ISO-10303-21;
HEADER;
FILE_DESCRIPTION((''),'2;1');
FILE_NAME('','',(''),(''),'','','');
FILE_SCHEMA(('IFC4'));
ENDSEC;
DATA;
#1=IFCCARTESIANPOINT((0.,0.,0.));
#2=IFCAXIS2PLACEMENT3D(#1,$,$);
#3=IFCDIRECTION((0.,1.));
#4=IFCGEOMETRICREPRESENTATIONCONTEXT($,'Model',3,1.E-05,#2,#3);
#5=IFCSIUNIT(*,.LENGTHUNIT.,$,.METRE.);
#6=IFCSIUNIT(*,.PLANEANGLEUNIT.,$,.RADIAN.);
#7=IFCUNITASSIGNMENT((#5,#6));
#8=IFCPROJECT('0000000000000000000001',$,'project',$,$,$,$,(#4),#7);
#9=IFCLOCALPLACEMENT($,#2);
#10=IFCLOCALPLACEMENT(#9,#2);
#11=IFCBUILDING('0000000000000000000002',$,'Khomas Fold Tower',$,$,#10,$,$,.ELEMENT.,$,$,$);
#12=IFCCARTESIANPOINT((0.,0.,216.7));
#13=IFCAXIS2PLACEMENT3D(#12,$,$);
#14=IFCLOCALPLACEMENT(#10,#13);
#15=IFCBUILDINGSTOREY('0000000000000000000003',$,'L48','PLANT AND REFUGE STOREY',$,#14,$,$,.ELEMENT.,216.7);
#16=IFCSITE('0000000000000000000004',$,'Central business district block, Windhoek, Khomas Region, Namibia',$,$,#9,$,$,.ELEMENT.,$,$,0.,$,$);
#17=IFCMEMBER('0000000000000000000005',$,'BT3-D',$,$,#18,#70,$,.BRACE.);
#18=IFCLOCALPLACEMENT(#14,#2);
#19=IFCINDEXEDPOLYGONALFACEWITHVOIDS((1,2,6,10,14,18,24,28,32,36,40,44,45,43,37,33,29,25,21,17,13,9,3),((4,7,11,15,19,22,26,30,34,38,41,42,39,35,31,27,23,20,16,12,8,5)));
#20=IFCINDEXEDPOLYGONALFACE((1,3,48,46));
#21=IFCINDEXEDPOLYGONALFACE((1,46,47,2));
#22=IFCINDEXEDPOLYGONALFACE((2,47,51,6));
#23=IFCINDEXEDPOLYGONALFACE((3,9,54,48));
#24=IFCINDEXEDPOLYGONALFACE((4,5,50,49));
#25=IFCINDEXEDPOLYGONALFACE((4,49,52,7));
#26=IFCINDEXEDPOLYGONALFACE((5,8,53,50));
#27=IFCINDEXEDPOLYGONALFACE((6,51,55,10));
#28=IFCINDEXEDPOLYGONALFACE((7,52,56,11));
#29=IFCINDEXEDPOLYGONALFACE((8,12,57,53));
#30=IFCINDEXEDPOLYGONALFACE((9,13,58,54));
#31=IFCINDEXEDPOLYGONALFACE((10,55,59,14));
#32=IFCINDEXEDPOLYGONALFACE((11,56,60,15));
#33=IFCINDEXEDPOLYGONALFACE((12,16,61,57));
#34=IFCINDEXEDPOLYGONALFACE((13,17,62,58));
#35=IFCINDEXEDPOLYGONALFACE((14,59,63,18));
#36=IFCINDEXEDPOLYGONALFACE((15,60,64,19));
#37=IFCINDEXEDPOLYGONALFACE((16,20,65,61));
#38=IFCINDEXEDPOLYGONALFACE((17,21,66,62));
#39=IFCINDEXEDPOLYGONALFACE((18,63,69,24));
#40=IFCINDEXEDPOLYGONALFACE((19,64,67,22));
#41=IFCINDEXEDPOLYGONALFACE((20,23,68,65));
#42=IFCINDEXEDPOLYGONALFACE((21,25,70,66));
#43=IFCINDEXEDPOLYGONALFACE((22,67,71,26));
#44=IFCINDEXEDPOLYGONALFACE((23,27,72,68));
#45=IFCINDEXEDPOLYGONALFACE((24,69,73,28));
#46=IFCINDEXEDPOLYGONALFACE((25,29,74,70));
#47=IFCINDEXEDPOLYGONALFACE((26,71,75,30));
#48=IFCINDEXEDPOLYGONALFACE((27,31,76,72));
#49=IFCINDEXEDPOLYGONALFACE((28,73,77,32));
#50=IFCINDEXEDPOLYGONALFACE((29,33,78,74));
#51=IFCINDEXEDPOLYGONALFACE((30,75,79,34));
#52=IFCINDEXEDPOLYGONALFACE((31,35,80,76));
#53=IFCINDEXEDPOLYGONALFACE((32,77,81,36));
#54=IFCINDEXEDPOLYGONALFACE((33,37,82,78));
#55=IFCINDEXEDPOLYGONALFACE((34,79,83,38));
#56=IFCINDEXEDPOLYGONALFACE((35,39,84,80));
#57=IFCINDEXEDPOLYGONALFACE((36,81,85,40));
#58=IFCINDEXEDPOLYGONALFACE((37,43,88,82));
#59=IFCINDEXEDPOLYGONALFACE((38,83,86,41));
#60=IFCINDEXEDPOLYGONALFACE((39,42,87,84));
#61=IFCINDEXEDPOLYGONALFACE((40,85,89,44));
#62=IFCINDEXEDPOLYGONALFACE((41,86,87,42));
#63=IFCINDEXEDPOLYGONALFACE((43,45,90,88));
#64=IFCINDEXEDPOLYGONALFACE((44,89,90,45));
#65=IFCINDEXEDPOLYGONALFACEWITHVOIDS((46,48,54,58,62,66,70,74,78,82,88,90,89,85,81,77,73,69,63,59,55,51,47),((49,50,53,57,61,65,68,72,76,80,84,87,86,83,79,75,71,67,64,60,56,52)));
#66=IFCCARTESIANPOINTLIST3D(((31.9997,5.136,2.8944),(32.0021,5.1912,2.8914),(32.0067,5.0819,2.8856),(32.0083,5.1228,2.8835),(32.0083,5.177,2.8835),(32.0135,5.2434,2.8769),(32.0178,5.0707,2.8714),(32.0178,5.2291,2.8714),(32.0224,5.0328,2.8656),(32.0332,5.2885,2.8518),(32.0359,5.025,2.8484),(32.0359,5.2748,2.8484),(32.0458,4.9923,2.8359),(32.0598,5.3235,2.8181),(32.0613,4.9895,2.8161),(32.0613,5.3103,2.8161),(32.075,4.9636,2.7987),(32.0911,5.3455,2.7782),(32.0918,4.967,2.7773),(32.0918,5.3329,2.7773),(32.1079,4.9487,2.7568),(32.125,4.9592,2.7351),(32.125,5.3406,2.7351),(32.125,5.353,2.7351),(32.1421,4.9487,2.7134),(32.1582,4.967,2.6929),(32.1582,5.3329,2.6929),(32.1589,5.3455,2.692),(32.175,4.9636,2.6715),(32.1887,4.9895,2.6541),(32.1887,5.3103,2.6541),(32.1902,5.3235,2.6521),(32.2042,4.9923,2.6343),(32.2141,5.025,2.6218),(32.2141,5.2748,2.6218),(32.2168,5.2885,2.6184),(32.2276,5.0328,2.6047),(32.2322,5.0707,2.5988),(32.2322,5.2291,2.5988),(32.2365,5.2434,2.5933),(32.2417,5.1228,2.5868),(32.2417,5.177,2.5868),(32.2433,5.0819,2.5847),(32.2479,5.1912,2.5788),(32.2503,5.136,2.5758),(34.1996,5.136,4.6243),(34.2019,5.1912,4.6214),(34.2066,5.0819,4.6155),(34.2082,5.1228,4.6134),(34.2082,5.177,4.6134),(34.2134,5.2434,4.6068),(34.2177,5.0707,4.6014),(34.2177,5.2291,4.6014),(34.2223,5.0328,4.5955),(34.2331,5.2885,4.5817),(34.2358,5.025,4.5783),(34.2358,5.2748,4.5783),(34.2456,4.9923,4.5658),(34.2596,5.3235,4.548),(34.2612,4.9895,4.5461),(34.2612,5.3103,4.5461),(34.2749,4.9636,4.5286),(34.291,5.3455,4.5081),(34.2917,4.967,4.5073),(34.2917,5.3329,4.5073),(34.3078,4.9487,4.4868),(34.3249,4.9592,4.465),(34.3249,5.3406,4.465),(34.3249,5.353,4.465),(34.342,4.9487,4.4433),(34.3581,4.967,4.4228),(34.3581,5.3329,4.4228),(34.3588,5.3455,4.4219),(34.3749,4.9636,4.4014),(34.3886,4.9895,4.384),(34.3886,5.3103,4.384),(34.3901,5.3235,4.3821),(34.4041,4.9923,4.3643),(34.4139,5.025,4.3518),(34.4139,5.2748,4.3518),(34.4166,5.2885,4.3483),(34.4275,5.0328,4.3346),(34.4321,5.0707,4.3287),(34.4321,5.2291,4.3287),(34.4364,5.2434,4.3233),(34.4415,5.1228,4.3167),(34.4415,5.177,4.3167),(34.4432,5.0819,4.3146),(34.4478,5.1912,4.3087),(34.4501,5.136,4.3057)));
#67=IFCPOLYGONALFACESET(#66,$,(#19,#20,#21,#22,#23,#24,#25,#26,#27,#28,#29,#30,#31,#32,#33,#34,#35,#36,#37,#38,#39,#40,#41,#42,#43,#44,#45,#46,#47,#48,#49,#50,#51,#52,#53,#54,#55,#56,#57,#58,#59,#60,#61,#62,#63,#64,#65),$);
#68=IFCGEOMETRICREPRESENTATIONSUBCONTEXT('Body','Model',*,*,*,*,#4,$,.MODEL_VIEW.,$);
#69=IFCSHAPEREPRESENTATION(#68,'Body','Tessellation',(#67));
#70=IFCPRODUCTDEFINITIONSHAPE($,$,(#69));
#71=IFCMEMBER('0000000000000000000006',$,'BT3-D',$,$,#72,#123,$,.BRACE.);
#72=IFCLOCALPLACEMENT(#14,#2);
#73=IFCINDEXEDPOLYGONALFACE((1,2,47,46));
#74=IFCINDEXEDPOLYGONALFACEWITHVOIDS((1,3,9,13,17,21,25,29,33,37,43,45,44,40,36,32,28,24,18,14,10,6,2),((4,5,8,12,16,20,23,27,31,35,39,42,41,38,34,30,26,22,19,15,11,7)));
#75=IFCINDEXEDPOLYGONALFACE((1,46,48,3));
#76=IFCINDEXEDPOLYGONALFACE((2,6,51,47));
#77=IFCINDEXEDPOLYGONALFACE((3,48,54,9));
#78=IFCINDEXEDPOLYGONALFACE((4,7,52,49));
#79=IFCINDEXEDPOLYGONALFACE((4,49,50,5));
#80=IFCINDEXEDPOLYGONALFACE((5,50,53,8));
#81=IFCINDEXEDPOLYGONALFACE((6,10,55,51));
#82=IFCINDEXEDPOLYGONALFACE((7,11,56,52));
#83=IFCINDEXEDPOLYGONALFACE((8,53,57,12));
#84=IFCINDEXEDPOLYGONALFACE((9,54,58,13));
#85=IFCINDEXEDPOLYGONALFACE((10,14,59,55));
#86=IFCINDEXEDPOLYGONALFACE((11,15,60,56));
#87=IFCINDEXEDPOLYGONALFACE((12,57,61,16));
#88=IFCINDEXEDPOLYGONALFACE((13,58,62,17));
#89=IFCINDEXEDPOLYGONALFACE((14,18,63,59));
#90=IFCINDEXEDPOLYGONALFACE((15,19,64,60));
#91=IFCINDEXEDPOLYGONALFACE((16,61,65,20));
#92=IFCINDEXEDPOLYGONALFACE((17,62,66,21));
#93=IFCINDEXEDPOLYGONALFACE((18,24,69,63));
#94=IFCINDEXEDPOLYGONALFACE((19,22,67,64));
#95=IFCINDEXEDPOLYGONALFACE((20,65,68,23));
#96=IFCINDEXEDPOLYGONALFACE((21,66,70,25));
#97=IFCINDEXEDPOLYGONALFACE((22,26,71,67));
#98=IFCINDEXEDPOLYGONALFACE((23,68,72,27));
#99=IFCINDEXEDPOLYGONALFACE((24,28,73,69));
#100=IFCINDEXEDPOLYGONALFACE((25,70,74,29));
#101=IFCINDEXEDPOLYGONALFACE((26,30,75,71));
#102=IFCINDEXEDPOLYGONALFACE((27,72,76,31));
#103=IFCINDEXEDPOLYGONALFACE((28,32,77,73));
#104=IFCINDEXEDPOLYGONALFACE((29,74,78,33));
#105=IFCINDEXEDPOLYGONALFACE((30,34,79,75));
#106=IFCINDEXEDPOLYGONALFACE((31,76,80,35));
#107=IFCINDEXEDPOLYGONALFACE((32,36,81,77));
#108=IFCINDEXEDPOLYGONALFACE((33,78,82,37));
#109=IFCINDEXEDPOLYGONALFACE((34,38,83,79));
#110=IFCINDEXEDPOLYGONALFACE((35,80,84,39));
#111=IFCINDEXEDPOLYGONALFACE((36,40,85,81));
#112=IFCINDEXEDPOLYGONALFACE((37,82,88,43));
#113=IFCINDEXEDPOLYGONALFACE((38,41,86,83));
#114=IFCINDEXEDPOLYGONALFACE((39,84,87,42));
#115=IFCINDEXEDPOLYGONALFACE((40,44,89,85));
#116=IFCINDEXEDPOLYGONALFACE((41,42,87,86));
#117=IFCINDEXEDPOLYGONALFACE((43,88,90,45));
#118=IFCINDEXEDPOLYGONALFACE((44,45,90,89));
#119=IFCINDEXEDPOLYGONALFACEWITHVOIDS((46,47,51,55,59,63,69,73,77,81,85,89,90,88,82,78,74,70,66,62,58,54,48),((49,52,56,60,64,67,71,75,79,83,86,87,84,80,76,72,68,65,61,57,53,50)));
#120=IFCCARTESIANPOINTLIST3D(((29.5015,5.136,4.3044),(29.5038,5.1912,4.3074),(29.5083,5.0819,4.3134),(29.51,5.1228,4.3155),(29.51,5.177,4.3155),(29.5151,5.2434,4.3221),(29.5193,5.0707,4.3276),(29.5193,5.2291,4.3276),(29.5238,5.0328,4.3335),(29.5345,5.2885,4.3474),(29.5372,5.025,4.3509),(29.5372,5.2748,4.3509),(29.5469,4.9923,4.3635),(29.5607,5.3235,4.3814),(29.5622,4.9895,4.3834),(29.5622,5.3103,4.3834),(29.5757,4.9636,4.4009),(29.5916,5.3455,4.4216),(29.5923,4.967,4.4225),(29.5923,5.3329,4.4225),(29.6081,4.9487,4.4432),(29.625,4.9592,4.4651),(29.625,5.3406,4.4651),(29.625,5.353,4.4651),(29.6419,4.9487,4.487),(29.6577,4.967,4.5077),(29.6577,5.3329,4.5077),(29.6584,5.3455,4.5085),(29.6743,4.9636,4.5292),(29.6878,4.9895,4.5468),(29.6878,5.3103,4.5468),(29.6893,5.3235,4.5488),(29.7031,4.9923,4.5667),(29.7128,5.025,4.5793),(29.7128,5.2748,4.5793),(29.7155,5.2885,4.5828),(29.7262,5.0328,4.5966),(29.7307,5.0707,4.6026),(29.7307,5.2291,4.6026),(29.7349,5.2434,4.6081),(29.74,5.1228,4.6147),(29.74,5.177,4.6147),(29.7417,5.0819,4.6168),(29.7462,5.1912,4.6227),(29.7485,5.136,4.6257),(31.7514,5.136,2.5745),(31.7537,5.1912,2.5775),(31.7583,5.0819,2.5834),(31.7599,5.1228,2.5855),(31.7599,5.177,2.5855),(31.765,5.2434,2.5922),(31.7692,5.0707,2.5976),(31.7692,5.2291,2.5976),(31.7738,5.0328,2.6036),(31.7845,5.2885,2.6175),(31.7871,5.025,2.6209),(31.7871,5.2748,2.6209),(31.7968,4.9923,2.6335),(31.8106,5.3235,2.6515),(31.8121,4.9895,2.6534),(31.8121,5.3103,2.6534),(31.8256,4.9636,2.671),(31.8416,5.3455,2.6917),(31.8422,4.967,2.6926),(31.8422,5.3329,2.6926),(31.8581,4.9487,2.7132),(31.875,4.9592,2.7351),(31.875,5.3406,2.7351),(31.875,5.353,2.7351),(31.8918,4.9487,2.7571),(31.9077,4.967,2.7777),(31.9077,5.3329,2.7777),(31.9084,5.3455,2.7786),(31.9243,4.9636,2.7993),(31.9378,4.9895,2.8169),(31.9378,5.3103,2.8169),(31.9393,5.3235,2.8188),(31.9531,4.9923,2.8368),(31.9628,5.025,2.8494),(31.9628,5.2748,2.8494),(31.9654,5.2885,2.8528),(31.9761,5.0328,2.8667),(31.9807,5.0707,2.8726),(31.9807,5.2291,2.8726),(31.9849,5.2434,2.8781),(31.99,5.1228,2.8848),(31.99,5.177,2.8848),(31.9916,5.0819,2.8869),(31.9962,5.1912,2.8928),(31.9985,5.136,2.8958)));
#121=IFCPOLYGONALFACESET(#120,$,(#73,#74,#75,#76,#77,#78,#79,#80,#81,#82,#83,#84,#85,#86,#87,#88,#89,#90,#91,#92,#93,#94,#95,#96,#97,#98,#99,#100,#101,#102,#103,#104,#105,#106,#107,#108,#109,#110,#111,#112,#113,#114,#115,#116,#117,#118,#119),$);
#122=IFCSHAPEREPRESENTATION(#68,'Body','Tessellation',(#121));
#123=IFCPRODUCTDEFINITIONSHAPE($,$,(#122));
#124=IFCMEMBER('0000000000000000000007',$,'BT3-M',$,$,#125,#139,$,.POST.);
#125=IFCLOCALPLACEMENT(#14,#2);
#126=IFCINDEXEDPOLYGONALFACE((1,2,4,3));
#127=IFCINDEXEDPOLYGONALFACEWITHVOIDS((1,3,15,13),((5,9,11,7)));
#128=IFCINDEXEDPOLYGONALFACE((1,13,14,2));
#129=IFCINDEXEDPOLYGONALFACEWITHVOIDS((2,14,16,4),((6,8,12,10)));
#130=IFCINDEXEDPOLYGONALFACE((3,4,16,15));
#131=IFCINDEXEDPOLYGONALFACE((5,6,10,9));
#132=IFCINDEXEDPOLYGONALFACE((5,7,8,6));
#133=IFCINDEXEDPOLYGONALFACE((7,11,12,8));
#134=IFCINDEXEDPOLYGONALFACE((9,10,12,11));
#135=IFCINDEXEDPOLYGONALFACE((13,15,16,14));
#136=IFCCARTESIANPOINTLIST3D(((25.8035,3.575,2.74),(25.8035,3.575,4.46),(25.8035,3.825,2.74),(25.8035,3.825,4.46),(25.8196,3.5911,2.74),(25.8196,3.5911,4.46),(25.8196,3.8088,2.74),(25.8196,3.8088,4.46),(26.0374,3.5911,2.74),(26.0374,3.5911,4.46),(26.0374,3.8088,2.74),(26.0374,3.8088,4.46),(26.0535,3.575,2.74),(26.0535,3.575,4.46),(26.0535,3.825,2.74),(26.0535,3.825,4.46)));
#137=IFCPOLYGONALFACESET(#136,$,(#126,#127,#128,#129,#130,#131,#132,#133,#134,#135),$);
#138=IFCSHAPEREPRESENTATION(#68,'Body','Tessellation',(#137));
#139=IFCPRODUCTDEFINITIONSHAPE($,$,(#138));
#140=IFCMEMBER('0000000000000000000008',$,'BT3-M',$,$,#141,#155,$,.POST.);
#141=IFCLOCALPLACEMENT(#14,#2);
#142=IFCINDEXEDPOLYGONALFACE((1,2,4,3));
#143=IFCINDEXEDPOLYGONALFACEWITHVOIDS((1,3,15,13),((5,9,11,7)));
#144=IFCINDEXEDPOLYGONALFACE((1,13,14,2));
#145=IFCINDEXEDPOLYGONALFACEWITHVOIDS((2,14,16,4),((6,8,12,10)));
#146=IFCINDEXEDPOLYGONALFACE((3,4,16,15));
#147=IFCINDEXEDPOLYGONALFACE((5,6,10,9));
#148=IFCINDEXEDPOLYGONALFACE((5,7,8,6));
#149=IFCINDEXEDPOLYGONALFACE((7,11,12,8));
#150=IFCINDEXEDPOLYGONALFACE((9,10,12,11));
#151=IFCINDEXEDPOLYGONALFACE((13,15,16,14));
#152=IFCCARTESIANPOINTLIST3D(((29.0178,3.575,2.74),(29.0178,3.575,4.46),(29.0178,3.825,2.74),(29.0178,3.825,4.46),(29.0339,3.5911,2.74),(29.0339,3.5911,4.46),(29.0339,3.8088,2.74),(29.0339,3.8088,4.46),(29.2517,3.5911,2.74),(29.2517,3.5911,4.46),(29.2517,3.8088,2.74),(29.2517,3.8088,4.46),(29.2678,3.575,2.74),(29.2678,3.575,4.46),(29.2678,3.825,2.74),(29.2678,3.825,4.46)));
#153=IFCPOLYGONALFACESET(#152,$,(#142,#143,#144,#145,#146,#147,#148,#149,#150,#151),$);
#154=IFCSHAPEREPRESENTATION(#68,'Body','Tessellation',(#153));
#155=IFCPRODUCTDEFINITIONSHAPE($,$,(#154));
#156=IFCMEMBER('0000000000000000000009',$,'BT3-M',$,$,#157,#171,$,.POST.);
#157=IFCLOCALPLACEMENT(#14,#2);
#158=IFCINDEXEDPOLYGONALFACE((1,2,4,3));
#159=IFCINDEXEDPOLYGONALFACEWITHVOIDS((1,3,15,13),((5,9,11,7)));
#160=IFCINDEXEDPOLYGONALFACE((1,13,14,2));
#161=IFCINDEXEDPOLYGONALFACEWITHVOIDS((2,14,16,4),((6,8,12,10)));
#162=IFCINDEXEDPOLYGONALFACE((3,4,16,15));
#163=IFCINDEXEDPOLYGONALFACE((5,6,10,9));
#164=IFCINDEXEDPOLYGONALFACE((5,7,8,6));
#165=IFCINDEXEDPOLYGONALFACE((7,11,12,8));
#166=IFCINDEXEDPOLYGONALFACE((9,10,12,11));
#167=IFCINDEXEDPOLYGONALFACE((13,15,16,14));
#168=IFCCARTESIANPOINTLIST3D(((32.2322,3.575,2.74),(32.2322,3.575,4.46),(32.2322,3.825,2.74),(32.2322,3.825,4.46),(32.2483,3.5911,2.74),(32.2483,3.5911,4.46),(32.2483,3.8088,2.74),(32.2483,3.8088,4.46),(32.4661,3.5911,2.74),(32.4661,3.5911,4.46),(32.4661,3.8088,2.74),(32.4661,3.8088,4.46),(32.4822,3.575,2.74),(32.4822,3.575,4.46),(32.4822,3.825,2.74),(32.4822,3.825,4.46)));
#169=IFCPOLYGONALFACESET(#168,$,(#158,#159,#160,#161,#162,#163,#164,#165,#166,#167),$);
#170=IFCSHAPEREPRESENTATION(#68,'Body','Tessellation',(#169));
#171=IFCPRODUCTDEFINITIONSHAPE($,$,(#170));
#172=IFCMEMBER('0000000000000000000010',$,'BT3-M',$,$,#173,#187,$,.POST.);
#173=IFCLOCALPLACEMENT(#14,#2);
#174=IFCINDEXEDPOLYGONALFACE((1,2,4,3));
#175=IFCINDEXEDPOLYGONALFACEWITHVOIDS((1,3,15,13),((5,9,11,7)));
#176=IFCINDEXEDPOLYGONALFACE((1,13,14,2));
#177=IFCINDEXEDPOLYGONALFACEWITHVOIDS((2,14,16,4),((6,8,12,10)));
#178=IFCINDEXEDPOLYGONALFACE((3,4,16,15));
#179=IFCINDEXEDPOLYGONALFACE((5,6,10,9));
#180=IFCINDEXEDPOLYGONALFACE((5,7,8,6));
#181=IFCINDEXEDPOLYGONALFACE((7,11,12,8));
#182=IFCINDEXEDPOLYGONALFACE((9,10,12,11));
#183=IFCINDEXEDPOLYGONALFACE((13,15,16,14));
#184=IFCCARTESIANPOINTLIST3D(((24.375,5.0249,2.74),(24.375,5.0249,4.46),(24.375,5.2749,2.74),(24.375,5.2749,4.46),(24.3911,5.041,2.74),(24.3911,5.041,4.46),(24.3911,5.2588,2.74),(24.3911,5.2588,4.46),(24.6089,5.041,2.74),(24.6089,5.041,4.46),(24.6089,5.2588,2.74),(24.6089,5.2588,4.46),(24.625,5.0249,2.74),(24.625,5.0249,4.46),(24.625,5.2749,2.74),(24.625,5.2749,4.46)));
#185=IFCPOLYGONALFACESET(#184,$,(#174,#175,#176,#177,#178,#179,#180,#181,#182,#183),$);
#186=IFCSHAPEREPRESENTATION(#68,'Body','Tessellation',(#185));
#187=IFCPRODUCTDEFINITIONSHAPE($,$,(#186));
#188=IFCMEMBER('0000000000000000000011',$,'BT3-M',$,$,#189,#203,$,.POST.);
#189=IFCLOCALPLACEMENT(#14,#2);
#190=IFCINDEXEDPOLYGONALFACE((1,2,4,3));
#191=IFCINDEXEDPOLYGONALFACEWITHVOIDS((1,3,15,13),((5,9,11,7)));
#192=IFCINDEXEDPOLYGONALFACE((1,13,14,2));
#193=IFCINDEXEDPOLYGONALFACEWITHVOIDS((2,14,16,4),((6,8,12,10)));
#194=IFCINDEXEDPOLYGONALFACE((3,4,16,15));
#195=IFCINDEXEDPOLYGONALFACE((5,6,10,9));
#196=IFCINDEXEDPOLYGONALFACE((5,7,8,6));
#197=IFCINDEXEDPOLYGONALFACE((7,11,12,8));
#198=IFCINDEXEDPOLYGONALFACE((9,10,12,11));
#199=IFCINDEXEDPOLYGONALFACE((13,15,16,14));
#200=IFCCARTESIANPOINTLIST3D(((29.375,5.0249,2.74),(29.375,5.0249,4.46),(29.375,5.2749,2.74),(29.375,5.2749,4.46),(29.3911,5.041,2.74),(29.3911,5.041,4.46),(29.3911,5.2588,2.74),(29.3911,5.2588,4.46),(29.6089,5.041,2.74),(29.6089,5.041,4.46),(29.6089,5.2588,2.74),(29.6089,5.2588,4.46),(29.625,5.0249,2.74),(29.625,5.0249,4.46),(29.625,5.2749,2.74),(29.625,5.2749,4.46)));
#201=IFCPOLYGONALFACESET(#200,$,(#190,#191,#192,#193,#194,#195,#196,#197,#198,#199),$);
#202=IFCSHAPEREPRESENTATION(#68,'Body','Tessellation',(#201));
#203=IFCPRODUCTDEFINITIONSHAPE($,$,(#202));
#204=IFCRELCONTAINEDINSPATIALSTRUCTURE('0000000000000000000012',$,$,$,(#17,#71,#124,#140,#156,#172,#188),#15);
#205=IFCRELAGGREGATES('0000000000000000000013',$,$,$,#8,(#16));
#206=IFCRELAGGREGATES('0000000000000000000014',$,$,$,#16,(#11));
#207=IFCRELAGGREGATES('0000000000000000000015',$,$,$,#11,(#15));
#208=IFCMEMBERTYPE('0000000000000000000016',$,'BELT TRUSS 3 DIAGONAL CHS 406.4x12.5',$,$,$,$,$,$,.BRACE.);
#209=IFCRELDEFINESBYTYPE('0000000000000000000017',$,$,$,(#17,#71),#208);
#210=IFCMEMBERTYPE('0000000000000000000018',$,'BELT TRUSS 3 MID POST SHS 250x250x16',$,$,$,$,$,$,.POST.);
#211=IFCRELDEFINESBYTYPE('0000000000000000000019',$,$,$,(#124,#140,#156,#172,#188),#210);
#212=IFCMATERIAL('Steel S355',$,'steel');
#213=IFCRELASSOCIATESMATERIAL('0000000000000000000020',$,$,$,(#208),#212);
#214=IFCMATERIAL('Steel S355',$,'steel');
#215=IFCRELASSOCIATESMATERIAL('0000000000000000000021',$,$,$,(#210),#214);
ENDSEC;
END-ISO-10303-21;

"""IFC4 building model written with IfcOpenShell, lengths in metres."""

from ifc_helpers import new_model, si_unit, direction, frame, origin, origin_2d, place, context, subcontext, project, spatial, hollow_rectangle, hollow_circle, extrude, source, transform, mapped, material, material_profile, profile_set, type_object, element, save


model = new_model("IFC4")

# Units and contexts
model_context = context("Model", 3, precision=1e-05, world=origin(), true_north=direction((0.0, 1.0)))
body_context = subcontext(model_context, "Body", "Model", "MODEL_VIEW")
ifc_project = project(units=[si_unit("LENGTHUNIT", "METRE"), si_unit("PLANEANGLEUNIT", "RADIAN")], contexts=[model_context])

# Site, building, storey
site_placement = place(None, origin())
site = spatial("IfcSite", under=ifc_project, at=site_placement, Name="Central business district block, Windhoek, Khomas Region, Namibia", CompositionType="ELEMENT", RefElevation=0.0)
building_placement = place(site_placement, origin())
building = spatial("IfcBuilding", under=site, at=building_placement, Name="Khomas Fold Tower", CompositionType="ELEMENT")
storey_placement = place(building_placement, frame((0.0, 0.0, 216.7)))
storey = spatial("IfcBuildingStorey", under=building, at=storey_placement, Name="L48", Description="PLANT AND REFUGE STOREY", CompositionType="ELEMENT", Elevation=216.7)

# Members
ifc_material_1 = material(Name="Steel S355", Category="steel")
ifc_material_profile_1 = material_profile(ifc_material_1, hollow_circle(Radius=0.2031, WallThickness=0.0125, at=origin_2d()), Name="CHS 406.4x12.5")
ifc_profile_set_1 = profile_set([ifc_material_profile_1], Name="Steel S355")
member_type_1 = type_object("IfcMemberType", Name="BELT TRUSS 3 DIAGONAL CHS 406.4x12.5", PredefinedType="BRACE", material=ifc_profile_set_1)
shared_shape_1 = source(origin(), body_context, "Body", "SweptSolid", [
    extrude(hollow_circle(Radius=0.2031, WallThickness=0.0125, at=origin_2d()), origin(), (0.0, 0.0, 1.0), 2.7986),
])
for number, where, z_axis, x_axis, name in (
    (1, (32.125, 5.1499, 2.7351), (0.786067, 0.0, 0.618141), (0.0, 1.0, 0.0), "BT3-D"),
):
    element("IfcMember", number, at=place(storey_placement, frame(where, z_axis=z_axis, x_axis=x_axis)), inside=storey, type_object=member_type_1, Name=name, PredefinedType="BRACE", context=body_context, shape_type="MappedRepresentation", body=[
        mapped(shared_shape_1, transform((0.0, 0.0, 0.0))),
    ])
shared_shape_2 = source(origin(), body_context, "Body", "SweptSolid", [
    extrude(hollow_circle(Radius=0.2031, WallThickness=0.0125, at=origin_2d()), origin(), (0.0, 0.0, 1.0), 2.8381),
])
member_1_placement = place(storey_placement, frame((29.625, 5.1499, 4.4651), z_axis=(0.792758, 0.0, -0.609536), x_axis=(0.0, 1.0, 0.0)))
element("IfcMember", 2, at=member_1_placement, inside=storey, type_object=member_type_1, Name="BT3-D", PredefinedType="BRACE", context=body_context, shape_type="MappedRepresentation", body=[
    mapped(shared_shape_2, transform((0.0, 0.0, 0.0))),
])
ifc_material_2 = material(Name="Steel S355", Category="steel")
ifc_material_profile_2 = material_profile(ifc_material_2, hollow_rectangle(XDim=0.25, YDim=0.25, WallThickness=0.0161, at=origin_2d()), Name="SHS 250x250x16")
ifc_profile_set_2 = profile_set([ifc_material_profile_2], Name="Steel S355")
member_type_2 = type_object("IfcMemberType", Name="BELT TRUSS 3 MID POST SHS 250x250x16", PredefinedType="POST", material=ifc_profile_set_2)
shared_shape_3 = source(origin(), body_context, "Body", "SweptSolid", [
    extrude(hollow_rectangle(XDim=0.25, YDim=0.25, WallThickness=0.0161, at=origin_2d()), origin(), (0.0, 0.0, 1.0), 1.72),
])
for number, where, z_axis, x_axis, name in (
    (3, (25.9285, 3.7, 2.74), (0.0, 0.0, 1.0), (1.0, 0.0, 0.0), "BT3-M"),
    (4, (29.1428, 3.7, 2.74), (0.0, 0.0, 1.0), (1.0, 0.0, 0.0), "BT3-M"),
    (5, (32.3572, 3.7, 2.74), (0.0, 0.0, 1.0), (1.0, 0.0, 0.0), "BT3-M"),
    (6, (24.5, 5.1499, 2.74), (0.0, 0.0, 1.0), (1.0, 0.0, 0.0), "BT3-M"),
    (7, (29.5, 5.1499, 2.74), (0.0, 0.0, 1.0), (1.0, 0.0, 0.0), "BT3-M"),
):
    element("IfcMember", number, at=place(storey_placement, frame(where, z_axis=z_axis, x_axis=x_axis)), inside=storey, type_object=member_type_2, Name=name, PredefinedType="POST", context=body_context, shape_type="MappedRepresentation", body=[
        mapped(shared_shape_3, transform((0.0, 0.0, 0.0))),
    ])

save(model, "model.ifc")
